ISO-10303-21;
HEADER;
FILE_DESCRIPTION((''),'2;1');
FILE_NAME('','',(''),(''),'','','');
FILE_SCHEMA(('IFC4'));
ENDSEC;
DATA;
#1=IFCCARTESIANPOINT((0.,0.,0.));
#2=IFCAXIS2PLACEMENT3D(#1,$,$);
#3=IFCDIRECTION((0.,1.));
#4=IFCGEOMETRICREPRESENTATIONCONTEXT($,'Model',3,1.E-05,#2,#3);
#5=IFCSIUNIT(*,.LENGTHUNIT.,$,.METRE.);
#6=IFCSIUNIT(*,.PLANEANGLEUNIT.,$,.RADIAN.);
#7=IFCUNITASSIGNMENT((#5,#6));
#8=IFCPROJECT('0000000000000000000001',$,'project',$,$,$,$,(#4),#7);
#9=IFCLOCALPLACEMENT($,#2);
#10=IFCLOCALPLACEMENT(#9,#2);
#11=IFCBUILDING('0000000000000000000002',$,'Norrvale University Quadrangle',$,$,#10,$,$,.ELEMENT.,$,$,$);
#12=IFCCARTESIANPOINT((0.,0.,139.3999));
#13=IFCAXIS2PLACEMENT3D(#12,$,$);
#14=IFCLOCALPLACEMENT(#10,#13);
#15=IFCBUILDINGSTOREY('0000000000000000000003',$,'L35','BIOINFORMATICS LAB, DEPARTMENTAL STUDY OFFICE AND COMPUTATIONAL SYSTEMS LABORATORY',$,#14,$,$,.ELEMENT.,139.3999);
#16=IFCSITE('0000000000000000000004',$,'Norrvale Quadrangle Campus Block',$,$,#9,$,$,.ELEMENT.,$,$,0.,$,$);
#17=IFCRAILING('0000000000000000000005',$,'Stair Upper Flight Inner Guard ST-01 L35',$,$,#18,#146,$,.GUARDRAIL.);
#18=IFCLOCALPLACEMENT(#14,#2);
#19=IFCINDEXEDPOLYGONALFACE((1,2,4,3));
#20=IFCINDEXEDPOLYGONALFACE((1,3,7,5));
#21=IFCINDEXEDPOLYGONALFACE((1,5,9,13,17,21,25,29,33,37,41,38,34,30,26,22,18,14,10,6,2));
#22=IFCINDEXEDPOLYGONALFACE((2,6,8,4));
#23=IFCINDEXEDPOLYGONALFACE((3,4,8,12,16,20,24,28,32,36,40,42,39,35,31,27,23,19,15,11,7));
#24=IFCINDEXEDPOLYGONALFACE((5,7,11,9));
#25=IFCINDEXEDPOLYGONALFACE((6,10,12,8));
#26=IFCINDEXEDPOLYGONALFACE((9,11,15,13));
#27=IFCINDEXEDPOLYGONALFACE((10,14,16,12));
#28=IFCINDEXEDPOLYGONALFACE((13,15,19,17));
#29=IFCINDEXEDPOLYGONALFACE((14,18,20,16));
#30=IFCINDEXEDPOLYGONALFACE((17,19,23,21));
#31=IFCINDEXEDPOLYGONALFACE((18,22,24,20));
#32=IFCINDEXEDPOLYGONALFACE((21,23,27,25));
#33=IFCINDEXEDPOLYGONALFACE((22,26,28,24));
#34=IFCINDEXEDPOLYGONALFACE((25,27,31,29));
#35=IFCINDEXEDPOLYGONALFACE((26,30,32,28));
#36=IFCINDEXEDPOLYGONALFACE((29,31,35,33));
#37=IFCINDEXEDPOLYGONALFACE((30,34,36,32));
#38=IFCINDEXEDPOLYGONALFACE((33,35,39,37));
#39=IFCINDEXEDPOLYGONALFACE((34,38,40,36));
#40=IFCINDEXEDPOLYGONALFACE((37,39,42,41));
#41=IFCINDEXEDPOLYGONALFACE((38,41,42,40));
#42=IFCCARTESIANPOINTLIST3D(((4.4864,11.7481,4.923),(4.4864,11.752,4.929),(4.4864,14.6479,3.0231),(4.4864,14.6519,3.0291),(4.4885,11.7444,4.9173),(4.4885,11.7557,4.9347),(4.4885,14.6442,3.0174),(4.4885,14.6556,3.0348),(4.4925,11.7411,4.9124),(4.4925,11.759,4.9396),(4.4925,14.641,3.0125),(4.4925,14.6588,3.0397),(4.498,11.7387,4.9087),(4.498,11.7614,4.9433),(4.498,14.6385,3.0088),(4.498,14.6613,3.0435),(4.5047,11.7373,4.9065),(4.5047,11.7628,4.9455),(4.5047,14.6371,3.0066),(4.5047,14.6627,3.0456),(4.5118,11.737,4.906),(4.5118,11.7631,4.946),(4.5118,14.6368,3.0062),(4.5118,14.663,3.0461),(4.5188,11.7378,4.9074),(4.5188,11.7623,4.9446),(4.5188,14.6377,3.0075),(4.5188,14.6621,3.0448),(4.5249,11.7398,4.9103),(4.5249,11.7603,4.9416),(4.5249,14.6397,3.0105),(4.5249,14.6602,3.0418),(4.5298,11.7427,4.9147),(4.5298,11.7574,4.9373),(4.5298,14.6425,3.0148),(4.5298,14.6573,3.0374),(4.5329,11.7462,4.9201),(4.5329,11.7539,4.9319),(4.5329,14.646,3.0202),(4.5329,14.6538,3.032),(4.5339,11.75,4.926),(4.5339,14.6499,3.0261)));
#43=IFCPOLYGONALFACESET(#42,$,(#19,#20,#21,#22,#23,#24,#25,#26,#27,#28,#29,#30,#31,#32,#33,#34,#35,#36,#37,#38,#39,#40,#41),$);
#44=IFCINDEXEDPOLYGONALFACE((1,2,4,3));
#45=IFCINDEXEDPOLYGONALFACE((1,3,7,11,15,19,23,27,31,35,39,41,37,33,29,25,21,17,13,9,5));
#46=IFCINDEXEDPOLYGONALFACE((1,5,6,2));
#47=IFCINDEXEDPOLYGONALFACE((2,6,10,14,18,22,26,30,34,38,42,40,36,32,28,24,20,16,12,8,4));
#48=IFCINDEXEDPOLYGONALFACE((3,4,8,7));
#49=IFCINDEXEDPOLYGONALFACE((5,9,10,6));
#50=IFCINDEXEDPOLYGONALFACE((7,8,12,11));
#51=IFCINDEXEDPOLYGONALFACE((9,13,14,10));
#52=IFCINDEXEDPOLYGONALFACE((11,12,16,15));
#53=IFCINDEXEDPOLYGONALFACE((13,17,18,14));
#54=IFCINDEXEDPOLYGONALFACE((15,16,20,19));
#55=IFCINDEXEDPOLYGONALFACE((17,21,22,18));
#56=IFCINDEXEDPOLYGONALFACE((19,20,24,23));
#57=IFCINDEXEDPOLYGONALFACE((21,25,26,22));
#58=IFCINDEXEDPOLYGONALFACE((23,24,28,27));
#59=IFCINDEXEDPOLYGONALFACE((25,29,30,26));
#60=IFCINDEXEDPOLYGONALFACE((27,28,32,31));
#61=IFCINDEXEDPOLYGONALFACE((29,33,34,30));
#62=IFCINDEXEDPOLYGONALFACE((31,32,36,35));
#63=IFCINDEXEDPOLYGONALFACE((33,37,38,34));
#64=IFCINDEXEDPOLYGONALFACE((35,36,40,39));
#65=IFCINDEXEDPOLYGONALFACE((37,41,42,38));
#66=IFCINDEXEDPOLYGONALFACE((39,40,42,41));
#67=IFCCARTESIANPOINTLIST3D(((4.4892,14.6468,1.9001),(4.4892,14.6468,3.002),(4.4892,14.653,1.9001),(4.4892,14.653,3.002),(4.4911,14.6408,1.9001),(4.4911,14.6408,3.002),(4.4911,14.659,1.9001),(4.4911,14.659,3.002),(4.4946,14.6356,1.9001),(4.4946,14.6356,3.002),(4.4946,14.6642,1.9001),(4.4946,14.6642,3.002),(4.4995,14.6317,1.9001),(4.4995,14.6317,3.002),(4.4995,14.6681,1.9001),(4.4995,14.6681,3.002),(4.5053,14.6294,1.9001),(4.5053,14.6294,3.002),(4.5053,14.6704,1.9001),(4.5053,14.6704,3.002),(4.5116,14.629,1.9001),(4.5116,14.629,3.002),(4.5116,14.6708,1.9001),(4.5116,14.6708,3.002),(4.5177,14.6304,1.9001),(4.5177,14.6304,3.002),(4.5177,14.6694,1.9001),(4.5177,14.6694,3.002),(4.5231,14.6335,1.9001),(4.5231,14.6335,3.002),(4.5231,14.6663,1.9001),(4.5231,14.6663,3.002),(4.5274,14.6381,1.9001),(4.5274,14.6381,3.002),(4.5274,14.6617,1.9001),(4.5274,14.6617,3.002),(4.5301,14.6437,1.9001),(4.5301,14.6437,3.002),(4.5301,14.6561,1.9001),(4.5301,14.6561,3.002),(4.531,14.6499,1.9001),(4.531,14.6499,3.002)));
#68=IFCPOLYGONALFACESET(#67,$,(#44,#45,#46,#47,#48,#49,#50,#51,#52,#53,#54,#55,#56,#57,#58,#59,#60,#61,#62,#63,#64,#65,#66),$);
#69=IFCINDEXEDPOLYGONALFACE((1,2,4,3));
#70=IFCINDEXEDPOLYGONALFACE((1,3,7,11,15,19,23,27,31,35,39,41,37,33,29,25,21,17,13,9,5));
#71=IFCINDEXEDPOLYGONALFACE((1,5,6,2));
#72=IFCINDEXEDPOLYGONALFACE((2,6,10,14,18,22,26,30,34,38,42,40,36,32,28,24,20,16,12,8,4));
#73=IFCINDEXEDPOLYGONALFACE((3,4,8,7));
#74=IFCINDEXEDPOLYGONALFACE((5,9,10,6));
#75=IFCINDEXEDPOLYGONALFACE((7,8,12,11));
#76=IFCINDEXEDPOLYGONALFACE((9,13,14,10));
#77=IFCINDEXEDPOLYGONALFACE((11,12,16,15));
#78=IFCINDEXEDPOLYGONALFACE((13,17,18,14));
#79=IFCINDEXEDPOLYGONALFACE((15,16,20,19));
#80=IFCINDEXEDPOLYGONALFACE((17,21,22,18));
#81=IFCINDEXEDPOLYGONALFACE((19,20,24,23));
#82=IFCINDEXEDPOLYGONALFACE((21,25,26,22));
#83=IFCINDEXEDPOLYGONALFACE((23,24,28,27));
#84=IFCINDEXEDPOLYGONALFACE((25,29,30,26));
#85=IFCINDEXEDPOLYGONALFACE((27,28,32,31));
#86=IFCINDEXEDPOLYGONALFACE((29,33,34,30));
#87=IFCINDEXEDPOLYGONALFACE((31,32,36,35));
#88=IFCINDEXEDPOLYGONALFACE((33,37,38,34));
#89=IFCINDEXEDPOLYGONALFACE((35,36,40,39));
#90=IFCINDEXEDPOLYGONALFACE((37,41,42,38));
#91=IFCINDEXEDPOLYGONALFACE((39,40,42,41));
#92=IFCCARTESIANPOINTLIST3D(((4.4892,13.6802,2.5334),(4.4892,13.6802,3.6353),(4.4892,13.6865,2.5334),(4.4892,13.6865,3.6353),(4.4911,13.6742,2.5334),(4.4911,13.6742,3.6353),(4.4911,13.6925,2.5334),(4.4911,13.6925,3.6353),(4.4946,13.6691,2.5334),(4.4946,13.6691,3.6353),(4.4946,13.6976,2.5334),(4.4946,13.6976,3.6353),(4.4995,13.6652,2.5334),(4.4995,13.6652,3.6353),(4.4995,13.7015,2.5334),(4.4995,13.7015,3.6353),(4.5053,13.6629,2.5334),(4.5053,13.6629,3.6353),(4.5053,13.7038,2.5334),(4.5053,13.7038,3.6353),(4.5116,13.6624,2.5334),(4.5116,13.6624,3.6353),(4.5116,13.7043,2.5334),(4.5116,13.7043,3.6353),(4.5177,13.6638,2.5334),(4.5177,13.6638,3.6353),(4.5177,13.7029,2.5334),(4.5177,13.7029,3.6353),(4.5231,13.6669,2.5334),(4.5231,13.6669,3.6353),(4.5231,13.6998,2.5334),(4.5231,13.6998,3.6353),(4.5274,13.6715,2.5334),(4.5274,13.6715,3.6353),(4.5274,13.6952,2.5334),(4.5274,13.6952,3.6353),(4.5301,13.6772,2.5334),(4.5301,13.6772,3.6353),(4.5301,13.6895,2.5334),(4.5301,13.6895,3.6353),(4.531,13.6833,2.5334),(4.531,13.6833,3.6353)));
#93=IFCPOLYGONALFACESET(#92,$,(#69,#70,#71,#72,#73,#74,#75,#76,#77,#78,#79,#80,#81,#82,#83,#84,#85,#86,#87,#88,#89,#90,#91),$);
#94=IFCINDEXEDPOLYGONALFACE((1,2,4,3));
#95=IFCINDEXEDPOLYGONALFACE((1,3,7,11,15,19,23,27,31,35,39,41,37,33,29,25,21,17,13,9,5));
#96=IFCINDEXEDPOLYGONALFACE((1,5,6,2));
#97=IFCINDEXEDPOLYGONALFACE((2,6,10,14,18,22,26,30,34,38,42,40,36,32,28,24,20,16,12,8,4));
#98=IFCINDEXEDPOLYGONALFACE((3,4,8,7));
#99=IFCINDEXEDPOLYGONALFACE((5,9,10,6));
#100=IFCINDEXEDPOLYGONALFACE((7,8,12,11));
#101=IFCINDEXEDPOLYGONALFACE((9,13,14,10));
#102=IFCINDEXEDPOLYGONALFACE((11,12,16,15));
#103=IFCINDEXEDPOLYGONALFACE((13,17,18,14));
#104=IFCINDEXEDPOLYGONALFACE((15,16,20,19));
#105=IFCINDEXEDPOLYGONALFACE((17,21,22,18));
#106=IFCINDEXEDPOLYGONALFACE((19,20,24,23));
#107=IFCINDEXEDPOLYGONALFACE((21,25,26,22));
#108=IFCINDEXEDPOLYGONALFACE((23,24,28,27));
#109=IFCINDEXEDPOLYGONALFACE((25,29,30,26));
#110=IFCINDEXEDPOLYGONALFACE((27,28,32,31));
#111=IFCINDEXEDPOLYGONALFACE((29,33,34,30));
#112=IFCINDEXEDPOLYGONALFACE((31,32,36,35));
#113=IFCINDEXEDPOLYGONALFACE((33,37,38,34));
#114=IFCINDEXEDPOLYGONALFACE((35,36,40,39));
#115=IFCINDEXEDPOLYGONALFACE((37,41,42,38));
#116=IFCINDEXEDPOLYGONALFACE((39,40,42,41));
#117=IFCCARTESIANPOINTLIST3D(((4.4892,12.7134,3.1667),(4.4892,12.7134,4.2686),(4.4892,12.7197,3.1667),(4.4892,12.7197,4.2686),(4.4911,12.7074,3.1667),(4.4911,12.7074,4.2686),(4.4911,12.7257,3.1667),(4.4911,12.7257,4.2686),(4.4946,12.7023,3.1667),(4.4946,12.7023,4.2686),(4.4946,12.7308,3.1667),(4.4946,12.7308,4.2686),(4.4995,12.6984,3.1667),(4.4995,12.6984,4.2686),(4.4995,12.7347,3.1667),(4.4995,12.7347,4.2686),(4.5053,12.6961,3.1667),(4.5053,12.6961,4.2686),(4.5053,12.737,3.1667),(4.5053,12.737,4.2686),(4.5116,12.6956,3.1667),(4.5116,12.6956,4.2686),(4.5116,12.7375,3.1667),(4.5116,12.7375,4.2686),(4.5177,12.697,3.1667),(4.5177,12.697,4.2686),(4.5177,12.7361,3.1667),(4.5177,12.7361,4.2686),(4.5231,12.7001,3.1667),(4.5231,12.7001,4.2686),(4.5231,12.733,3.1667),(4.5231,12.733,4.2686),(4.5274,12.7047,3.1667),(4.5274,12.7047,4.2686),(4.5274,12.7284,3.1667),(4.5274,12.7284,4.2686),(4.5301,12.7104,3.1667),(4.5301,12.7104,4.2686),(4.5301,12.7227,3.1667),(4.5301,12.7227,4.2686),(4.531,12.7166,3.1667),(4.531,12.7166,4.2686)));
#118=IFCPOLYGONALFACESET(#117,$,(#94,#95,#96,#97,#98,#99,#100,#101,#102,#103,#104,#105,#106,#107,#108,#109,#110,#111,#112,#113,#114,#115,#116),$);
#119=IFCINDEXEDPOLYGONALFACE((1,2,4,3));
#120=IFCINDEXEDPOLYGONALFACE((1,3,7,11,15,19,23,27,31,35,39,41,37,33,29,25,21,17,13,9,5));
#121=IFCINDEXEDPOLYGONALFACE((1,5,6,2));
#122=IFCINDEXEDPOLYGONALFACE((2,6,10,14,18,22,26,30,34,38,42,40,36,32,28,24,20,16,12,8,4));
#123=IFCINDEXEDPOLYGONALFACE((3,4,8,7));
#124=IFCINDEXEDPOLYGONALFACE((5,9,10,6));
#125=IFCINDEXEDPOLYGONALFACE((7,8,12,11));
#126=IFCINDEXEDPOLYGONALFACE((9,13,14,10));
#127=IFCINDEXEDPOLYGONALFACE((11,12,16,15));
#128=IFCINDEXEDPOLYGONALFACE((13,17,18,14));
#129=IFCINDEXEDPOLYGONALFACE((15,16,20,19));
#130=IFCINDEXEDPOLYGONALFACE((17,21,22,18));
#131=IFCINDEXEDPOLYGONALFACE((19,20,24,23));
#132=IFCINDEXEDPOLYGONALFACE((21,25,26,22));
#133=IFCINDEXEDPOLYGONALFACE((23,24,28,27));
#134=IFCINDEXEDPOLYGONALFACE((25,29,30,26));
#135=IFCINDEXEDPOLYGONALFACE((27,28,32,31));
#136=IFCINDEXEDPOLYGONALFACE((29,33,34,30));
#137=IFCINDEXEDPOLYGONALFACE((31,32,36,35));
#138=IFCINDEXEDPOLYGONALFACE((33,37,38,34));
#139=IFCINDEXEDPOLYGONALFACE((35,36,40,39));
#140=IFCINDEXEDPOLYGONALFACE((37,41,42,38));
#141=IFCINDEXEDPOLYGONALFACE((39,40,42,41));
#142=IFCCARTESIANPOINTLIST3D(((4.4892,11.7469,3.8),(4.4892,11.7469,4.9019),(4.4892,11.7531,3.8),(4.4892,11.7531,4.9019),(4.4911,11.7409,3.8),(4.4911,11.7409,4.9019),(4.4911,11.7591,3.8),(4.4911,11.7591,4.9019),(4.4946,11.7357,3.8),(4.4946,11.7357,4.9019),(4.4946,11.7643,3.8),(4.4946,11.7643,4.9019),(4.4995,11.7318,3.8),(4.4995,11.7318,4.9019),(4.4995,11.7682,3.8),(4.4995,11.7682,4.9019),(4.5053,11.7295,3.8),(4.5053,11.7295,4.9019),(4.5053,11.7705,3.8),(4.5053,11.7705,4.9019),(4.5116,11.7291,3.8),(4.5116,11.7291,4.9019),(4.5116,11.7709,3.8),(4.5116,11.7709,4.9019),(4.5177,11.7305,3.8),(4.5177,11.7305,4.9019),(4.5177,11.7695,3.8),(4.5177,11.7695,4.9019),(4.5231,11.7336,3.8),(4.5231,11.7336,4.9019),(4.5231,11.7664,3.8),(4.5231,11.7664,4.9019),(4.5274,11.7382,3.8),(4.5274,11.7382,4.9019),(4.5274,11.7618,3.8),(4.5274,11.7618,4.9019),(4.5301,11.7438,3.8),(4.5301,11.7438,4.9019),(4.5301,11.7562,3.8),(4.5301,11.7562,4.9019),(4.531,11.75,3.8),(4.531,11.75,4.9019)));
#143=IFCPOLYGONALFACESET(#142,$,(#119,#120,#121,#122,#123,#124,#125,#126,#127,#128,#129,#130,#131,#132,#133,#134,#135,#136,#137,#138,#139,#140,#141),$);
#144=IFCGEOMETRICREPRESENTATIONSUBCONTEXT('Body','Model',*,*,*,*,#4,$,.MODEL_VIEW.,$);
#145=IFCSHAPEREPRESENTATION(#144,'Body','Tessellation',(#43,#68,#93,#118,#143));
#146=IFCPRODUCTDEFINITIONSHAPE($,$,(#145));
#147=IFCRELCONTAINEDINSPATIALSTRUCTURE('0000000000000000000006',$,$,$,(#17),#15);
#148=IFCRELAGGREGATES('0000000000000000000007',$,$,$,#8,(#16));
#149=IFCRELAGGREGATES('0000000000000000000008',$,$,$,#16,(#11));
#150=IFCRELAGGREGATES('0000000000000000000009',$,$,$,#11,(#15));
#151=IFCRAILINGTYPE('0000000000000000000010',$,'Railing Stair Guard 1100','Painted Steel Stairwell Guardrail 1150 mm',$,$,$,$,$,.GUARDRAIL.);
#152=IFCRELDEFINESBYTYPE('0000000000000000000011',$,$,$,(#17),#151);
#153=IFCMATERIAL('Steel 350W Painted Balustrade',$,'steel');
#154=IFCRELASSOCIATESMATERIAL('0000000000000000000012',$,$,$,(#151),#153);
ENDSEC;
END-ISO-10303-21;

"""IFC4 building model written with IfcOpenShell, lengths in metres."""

from ifc_helpers import new_model, si_unit, direction, frame, origin, origin_2d, place, context, subcontext, project, spatial, circle, extrude, material, type_object, element, save


model = new_model("IFC4")

# Units and contexts
model_context = context("Model", 3, precision=1e-05, world=origin(), true_north=direction((0.0, 1.0)))
body_context = subcontext(model_context, "Body", "Model", "MODEL_VIEW")
ifc_project = project(units=[si_unit("LENGTHUNIT", "METRE"), si_unit("PLANEANGLEUNIT", "RADIAN")], contexts=[model_context])

# Site, building, storey
site_placement = place(None, origin())
site = spatial("IfcSite", under=ifc_project, at=site_placement, Name="Norrvale Quadrangle Campus Block", CompositionType="ELEMENT", RefElevation=0.0)
building_placement = place(site_placement, origin())
building = spatial("IfcBuilding", under=site, at=building_placement, Name="Norrvale University Quadrangle", CompositionType="ELEMENT")
storey_placement = place(building_placement, frame((0.0, 0.0, 139.3999)))
storey = spatial("IfcBuildingStorey", under=building, at=storey_placement, Name="L35", Description="BIOINFORMATICS LAB, DEPARTMENTAL STUDY OFFICE AND COMPUTATIONAL SYSTEMS LABORATORY", CompositionType="ELEMENT", Elevation=139.3999)

# Railing
ifc_material_1 = material(Name="Steel 350W Painted Balustrade", Category="steel")
railing_type_1 = type_object("IfcRailingType", Name="Railing Stair Guard 1100", Description="Painted Steel Stairwell Guardrail 1150 mm", PredefinedType="GUARDRAIL", material=ifc_material_1)
railing_1_placement = place(storey_placement, frame((4.51, 14.6499, 1.9001)))
element("IfcRailing", 1, at=railing_1_placement, inside=storey, type_object=railing_type_1, Name="Stair Upper Flight Inner Guard ST-01 L35", PredefinedType="GUARDRAIL", context=body_context, shape_type="SweptSolid", body=[
    extrude(circle(Radius=0.0239, at=origin_2d()), frame((0.0, 0.0, 1.126), z_axis=(0.0, -0.836466, 0.548019), x_axis=(1.0, 0.0, 0.0)), (0.0, 0.0, 1.0), 3.4668),
    extrude(circle(Radius=0.021, at=origin_2d()), origin(), (0.0, 0.0, 1.0), 1.1018),
    extrude(circle(Radius=0.021, at=origin_2d()), frame((0.0, -0.9666, 0.6333)), (0.0, 0.0, 1.0), 1.1018),
    extrude(circle(Radius=0.021, at=origin_2d()), frame((0.0, -1.9333, 1.2666)), (0.0, 0.0, 1.0), 1.1018),
    extrude(circle(Radius=0.021, at=origin_2d()), frame((0.0, -2.8999, 1.8999)), (0.0, 0.0, 1.0), 1.1018),
])

save(model, "model.ifc")
